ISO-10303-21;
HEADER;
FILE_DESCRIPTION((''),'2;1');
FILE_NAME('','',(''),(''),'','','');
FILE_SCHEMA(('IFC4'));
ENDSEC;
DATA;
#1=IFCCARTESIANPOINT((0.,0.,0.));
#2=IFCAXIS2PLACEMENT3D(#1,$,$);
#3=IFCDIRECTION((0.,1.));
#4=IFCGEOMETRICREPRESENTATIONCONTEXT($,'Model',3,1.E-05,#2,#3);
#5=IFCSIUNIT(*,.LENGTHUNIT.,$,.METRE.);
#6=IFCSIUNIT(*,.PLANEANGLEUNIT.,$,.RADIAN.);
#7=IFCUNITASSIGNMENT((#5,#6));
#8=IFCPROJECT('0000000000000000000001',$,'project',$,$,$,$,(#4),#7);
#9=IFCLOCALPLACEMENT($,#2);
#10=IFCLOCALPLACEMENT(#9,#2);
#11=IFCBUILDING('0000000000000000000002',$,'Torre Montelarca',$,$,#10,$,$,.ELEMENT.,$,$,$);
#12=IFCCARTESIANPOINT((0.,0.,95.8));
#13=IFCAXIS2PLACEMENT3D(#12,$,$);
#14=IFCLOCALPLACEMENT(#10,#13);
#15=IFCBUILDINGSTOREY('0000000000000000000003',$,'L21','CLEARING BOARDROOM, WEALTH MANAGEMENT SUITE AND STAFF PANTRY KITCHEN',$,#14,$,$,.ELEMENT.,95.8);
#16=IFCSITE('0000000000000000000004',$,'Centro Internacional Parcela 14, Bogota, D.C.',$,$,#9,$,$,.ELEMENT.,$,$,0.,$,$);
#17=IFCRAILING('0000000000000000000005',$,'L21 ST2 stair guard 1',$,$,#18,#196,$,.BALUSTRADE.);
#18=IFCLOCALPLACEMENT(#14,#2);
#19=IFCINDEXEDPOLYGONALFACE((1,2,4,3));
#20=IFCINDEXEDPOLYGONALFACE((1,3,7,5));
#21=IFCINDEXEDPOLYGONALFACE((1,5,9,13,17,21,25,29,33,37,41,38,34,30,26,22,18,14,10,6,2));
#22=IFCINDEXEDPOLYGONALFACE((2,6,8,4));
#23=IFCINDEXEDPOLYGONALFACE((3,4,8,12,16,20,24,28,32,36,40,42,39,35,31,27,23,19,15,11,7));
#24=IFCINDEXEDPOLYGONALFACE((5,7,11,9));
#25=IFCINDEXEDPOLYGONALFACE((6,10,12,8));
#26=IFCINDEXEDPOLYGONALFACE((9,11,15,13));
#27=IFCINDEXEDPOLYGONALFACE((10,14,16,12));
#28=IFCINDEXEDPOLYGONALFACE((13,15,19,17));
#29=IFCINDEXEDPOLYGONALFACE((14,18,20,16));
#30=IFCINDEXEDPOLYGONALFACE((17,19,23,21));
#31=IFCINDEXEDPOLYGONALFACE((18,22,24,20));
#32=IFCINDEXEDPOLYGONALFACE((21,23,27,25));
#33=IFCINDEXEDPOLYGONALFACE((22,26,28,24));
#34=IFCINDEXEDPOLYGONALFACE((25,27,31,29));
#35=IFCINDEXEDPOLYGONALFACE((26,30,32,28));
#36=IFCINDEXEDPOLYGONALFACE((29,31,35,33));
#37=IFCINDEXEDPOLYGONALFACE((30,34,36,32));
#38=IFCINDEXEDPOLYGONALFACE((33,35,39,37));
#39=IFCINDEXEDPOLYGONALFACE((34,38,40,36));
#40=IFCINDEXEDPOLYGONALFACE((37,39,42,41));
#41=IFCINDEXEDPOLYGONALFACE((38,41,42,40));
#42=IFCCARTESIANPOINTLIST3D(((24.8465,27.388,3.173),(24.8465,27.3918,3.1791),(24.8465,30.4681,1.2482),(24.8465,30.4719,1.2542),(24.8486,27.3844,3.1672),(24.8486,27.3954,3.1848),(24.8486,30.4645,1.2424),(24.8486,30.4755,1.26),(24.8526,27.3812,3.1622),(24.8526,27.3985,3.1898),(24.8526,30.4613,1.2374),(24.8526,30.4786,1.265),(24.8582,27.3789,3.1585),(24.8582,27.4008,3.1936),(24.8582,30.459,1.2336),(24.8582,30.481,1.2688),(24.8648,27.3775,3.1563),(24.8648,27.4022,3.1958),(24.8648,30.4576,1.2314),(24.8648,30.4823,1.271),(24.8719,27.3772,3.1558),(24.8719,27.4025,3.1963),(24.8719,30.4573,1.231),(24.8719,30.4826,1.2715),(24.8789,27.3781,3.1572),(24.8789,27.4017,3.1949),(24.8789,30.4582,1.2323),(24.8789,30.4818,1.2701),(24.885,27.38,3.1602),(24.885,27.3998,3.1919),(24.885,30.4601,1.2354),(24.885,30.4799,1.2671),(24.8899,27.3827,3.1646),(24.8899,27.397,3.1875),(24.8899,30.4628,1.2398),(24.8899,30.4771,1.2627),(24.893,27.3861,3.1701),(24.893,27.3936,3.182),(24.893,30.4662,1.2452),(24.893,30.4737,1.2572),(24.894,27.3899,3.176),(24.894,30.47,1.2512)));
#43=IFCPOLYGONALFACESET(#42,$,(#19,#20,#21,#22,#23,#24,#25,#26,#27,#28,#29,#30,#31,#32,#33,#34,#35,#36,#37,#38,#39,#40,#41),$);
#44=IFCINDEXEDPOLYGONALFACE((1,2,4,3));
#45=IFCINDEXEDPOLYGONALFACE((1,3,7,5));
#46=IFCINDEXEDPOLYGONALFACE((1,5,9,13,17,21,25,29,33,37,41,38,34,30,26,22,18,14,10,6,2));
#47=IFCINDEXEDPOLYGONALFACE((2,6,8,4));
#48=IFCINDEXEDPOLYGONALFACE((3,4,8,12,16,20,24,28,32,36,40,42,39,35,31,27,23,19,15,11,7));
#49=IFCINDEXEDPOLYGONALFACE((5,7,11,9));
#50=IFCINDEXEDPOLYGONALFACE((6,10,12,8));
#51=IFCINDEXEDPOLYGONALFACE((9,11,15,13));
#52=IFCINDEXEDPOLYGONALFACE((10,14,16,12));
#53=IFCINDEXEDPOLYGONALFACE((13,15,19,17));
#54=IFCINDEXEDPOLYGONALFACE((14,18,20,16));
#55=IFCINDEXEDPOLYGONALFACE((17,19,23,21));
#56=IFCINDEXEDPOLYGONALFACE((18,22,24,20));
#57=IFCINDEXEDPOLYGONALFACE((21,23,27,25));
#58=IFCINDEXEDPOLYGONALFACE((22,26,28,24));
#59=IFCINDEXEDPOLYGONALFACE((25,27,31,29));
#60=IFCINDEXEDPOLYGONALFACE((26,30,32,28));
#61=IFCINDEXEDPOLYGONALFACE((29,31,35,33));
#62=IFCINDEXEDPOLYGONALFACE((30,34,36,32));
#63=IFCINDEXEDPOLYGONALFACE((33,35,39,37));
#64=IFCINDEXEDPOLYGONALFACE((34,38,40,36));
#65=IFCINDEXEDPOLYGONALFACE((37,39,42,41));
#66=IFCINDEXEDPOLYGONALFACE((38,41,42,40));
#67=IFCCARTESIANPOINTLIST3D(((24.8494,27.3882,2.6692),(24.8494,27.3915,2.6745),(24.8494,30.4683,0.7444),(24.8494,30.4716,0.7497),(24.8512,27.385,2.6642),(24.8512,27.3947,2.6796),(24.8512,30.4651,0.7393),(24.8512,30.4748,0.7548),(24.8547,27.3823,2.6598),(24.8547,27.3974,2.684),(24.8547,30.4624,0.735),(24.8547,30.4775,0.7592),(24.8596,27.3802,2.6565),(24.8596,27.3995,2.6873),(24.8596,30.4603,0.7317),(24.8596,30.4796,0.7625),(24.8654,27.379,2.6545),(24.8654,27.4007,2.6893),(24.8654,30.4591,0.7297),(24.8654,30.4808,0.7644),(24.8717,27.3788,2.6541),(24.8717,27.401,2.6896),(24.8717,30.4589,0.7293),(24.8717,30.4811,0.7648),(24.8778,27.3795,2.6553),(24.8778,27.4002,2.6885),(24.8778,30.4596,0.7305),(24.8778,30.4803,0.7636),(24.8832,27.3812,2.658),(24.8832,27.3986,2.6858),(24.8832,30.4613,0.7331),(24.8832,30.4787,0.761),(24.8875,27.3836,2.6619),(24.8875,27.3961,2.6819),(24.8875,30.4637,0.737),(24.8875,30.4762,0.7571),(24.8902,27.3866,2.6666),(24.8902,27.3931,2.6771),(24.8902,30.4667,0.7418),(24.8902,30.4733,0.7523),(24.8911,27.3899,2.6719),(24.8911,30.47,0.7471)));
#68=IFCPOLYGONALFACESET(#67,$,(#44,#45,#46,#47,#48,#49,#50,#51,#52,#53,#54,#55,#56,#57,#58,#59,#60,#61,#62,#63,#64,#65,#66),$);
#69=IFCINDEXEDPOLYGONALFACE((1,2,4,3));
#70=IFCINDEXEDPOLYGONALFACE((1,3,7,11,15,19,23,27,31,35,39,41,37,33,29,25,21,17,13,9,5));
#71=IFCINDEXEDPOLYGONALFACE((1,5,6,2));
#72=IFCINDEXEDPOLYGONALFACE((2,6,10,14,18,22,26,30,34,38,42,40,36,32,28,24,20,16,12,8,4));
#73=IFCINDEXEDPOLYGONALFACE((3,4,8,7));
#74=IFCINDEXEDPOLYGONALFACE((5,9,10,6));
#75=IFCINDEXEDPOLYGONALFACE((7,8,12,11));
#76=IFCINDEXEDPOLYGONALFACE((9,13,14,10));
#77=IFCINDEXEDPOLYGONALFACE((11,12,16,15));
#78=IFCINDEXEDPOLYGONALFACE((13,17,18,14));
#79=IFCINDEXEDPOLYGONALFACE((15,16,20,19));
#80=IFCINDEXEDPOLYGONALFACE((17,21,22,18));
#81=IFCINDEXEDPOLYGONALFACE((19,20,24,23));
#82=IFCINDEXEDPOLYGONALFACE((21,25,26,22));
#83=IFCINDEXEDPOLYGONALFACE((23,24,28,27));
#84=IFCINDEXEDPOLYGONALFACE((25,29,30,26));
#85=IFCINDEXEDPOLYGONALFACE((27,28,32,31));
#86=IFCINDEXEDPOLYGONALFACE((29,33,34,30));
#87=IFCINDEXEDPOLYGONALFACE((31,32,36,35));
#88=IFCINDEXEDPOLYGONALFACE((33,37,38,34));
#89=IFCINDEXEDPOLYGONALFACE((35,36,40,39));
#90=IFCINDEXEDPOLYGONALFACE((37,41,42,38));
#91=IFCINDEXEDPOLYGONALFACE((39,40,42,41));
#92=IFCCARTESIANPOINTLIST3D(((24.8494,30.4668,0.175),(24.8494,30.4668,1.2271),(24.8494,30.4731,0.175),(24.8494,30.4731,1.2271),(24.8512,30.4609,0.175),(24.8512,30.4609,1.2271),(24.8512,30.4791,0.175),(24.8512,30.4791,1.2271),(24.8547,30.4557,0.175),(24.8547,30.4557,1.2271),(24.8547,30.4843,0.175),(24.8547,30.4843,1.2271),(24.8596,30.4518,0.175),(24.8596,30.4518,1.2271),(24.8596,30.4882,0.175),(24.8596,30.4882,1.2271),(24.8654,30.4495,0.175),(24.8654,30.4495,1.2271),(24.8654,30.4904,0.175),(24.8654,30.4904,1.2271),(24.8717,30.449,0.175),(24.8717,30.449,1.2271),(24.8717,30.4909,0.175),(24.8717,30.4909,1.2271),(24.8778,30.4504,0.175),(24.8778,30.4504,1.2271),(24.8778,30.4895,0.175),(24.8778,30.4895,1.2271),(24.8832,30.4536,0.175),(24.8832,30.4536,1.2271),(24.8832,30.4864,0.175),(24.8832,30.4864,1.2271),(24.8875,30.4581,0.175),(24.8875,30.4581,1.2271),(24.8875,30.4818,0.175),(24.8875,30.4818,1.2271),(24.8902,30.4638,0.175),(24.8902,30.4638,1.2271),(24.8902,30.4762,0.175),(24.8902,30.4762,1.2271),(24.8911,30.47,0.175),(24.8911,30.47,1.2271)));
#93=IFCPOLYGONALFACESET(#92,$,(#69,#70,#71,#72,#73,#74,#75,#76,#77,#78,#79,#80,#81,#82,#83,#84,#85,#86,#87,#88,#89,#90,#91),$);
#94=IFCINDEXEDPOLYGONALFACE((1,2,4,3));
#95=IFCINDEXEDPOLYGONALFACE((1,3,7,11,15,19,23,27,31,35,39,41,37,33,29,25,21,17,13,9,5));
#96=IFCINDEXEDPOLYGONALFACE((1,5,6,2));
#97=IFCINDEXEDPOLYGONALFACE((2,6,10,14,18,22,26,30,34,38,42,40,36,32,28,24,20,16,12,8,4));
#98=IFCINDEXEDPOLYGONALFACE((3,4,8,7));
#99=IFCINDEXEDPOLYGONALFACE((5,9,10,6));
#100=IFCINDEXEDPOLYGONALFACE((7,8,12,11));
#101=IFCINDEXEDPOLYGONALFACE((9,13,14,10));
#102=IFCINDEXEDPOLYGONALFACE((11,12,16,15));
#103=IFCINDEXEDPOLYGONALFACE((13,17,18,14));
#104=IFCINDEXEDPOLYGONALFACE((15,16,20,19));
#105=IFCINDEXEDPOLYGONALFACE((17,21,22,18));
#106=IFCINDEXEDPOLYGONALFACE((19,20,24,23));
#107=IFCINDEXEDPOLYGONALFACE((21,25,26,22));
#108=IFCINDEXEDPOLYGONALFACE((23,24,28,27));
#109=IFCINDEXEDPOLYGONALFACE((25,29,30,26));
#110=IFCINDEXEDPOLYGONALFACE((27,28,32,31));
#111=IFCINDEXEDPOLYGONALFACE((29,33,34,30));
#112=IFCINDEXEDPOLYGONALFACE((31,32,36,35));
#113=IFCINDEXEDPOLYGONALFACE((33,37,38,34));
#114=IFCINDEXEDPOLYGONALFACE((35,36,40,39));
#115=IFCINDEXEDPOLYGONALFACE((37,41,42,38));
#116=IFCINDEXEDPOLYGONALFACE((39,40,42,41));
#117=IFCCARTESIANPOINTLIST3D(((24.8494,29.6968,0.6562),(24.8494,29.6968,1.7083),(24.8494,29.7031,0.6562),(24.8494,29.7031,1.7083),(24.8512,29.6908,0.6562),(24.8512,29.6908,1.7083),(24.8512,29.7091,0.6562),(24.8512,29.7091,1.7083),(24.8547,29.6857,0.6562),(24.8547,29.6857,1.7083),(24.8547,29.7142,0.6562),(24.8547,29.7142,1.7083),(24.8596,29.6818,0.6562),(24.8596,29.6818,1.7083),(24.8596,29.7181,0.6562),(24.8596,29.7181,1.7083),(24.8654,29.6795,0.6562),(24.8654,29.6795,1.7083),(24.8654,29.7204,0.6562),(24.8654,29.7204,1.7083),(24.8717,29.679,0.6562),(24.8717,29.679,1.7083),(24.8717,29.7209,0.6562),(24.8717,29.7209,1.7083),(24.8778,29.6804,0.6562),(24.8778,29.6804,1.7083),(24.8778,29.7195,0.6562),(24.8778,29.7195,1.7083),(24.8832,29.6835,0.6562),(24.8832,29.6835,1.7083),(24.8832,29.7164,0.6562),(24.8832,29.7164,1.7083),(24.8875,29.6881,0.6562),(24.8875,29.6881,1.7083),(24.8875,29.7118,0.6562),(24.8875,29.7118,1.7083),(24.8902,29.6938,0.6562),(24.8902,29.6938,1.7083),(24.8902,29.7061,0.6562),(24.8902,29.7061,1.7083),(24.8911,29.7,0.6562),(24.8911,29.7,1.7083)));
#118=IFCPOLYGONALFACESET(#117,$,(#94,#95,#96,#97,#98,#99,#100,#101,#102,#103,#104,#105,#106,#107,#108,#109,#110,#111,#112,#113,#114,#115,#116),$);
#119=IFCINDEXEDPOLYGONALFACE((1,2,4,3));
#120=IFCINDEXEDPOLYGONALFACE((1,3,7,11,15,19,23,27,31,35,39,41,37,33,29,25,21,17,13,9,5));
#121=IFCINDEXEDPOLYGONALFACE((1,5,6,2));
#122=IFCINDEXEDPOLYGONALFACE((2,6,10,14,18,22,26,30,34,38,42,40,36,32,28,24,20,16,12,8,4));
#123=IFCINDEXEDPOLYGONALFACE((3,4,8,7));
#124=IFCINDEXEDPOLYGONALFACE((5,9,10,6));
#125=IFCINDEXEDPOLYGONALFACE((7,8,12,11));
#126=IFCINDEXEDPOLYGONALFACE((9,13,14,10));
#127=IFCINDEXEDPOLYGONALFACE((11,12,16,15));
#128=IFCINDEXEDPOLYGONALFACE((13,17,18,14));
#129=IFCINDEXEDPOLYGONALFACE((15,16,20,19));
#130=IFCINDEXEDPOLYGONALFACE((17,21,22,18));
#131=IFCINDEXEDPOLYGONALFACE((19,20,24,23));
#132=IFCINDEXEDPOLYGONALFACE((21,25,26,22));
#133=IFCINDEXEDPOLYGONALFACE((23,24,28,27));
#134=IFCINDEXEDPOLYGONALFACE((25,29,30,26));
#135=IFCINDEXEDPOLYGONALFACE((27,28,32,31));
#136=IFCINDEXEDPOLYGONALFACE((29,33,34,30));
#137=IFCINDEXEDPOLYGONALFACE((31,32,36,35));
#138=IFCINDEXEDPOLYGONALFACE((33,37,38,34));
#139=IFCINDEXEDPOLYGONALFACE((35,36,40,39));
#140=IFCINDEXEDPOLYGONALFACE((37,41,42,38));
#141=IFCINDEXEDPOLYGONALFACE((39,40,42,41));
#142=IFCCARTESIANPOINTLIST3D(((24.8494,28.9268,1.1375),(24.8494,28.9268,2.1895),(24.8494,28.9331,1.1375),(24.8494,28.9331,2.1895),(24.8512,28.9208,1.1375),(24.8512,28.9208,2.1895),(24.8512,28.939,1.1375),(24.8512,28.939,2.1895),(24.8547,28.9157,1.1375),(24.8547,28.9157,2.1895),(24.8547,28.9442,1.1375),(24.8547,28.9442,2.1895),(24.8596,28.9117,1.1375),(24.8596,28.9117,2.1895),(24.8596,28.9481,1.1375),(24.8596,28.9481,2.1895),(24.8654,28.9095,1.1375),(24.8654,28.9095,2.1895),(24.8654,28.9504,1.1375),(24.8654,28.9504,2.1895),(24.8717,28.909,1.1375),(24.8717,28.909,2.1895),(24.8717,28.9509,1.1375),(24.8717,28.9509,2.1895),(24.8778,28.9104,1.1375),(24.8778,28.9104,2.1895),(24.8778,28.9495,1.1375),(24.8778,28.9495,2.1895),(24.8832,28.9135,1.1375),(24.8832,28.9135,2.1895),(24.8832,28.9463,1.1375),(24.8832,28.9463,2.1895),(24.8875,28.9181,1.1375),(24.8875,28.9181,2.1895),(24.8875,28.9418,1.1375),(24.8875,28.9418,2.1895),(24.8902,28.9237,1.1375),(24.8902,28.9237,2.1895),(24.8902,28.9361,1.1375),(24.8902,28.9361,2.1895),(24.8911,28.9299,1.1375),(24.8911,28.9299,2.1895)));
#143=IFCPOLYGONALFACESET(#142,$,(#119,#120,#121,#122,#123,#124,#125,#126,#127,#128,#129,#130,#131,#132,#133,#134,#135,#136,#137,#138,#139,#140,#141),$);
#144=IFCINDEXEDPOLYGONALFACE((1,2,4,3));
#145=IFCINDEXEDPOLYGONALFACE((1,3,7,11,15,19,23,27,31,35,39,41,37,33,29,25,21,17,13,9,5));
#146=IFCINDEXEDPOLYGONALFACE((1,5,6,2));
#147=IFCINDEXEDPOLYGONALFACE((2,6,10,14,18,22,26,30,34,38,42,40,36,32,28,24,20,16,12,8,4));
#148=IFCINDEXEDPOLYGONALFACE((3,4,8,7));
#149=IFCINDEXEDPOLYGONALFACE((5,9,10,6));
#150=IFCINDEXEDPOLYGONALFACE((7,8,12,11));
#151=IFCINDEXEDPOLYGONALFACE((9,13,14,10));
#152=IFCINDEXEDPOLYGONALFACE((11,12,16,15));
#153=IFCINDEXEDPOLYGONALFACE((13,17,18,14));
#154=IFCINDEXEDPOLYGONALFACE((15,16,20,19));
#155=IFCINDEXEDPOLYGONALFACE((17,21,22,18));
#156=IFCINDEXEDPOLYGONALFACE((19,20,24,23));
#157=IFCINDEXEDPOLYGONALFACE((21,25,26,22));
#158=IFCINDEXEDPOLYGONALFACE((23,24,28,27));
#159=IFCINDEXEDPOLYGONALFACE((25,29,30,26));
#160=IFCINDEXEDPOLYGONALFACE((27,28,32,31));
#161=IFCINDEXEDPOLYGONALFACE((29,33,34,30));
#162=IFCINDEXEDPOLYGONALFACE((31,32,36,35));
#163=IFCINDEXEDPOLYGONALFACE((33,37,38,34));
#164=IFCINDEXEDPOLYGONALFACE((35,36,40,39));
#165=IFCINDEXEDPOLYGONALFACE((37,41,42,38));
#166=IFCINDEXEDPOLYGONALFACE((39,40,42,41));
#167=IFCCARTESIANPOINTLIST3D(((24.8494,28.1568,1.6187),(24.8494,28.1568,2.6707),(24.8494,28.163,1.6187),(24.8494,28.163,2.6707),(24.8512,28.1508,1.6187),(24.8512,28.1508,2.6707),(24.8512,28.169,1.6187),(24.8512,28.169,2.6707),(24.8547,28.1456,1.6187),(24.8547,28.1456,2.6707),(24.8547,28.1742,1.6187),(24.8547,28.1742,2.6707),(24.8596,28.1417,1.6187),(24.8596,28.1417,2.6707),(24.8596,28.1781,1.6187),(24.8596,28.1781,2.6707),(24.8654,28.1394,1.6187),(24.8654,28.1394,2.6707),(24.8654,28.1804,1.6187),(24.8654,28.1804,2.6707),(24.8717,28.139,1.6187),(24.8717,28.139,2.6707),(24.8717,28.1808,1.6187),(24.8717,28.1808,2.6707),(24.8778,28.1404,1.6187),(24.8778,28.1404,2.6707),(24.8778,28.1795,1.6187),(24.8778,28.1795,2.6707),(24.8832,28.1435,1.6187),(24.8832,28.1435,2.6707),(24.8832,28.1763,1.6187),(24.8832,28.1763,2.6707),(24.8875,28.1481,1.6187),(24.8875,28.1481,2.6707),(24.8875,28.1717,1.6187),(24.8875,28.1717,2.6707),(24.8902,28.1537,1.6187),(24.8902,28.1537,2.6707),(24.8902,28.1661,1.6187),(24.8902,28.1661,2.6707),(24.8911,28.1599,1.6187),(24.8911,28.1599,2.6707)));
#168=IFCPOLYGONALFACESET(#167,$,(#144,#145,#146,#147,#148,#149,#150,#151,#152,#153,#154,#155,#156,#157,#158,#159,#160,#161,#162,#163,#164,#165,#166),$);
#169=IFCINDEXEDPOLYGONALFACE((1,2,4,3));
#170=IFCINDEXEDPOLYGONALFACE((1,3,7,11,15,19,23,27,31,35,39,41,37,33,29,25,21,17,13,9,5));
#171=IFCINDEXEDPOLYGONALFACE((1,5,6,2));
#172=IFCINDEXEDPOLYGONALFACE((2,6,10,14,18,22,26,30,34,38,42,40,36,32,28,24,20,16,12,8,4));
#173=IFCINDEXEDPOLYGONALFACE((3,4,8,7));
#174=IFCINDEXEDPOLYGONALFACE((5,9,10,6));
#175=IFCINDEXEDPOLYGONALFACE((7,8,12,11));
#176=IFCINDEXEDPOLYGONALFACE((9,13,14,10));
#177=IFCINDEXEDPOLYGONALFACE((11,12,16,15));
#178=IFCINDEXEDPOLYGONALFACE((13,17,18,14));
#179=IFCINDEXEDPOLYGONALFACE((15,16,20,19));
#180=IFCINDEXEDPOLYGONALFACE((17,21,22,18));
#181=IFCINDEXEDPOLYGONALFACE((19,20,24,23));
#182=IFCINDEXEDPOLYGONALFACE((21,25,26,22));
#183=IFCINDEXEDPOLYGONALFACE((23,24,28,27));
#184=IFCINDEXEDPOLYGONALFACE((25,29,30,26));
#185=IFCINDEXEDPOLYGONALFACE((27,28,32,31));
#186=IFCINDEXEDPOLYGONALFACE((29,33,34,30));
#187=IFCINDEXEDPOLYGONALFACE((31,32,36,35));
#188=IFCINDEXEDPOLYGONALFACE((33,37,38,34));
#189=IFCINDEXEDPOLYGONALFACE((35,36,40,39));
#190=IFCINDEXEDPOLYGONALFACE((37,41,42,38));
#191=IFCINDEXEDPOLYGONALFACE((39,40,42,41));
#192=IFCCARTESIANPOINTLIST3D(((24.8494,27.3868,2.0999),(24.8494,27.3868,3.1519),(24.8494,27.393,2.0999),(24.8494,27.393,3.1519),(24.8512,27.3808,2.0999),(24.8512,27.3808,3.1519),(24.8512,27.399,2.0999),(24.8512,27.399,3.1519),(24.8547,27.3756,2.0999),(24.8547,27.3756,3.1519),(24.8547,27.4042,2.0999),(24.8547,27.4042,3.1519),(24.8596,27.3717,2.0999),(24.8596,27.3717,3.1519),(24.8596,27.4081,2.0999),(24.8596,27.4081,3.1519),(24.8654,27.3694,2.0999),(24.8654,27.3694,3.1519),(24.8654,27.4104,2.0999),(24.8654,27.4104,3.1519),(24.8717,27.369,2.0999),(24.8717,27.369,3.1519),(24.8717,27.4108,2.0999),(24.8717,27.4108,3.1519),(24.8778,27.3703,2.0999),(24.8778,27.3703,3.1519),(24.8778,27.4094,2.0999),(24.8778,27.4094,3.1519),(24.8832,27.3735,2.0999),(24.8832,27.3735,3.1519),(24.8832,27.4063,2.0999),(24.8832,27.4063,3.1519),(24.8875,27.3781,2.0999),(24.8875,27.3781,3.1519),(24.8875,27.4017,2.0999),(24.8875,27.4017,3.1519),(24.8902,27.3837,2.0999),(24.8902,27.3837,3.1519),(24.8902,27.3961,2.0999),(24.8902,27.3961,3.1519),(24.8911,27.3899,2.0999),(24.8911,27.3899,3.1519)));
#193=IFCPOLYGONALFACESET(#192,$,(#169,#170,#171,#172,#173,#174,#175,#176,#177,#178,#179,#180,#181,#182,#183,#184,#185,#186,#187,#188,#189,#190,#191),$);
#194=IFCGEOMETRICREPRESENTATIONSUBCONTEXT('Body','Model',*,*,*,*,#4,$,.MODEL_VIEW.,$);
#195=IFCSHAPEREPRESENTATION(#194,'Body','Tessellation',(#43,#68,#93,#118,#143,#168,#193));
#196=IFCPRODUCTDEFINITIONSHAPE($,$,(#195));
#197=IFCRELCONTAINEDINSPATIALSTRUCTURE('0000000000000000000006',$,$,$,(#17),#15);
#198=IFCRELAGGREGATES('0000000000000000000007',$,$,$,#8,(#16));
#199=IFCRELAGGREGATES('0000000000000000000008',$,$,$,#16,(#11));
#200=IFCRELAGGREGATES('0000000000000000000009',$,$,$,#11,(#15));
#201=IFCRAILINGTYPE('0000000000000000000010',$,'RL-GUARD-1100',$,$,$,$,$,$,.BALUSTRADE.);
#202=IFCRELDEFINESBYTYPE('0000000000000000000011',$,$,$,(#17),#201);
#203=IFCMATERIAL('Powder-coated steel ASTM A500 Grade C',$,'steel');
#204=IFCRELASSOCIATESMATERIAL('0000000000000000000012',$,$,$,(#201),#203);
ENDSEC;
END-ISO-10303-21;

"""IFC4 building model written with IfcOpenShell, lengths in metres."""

from ifc_helpers import new_model, si_unit, direction, frame, origin, origin_2d, place, context, subcontext, project, spatial, circle, extrude, material, type_object, element, save


model = new_model("IFC4")

# Units and contexts
model_context = context("Model", 3, precision=1e-05, world=origin(), true_north=direction((0.0, 1.0)))
body_context = subcontext(model_context, "Body", "Model", "MODEL_VIEW")
ifc_project = project(units=[si_unit("LENGTHUNIT", "METRE"), si_unit("PLANEANGLEUNIT", "RADIAN")], contexts=[model_context])

# Site, building, storey
site_placement = place(None, origin())
site = spatial("IfcSite", under=ifc_project, at=site_placement, Name="Centro Internacional Parcela 14, Bogota, D.C.", CompositionType="ELEMENT", RefElevation=0.0)
building_placement = place(site_placement, origin())
building = spatial("IfcBuilding", under=site, at=building_placement, Name="Torre Montelarca", CompositionType="ELEMENT")
storey_placement = place(building_placement, frame((0.0, 0.0, 95.8)))
storey = spatial("IfcBuildingStorey", under=building, at=storey_placement, Name="L21", Description="CLEARING BOARDROOM, WEALTH MANAGEMENT SUITE AND STAFF PANTRY KITCHEN", CompositionType="ELEMENT", Elevation=95.8)

# Railing
ifc_material_1 = material(Name="Powder-coated steel ASTM A500 Grade C", Category="steel")
railing_type_1 = type_object("IfcRailingType", Name="RL-GUARD-1100", PredefinedType="BALUSTRADE", material=ifc_material_1)
railing_1_placement = place(storey_placement, frame((24.8701, 30.47, 0.175)))
element("IfcRailing", 1, at=railing_1_placement, inside=storey, type_object=railing_type_1, Name="L21 ST2 stair guard 1", PredefinedType="BALUSTRADE", context=body_context, shape_type="SweptSolid", body=[
    extrude(circle(Radius=0.0239, at=origin_2d()), frame((0.0, 0.0, 1.0762), z_axis=(0.0, -0.848029, 0.529951), x_axis=(1.0, 0.0, 0.0)), (0.0, 0.0, 1.0), 3.6321),
    extrude(circle(Radius=0.021, at=origin_2d()), frame((0.0, 0.0, 0.572), z_axis=(0.0, -0.848029, 0.529951), x_axis=(1.0, 0.0, 0.0)), (0.0, 0.0, 1.0), 3.6321),
    extrude(circle(Radius=0.021, at=origin_2d()), origin(), (0.0, 0.0, 1.0), 1.052),
    extrude(circle(Radius=0.021, at=origin_2d()), frame((0.0, -0.77, 0.4812)), (0.0, 0.0, 1.0), 1.052),
    extrude(circle(Radius=0.021, at=origin_2d()), frame((0.0, -1.54, 0.9624)), (0.0, 0.0, 1.0), 1.052),
    extrude(circle(Radius=0.021, at=origin_2d()), frame((0.0, -2.3101, 1.4436)), (0.0, 0.0, 1.0), 1.052),
    extrude(circle(Radius=0.021, at=origin_2d()), frame((0.0, -3.0801, 1.9248)), (0.0, 0.0, 1.0), 1.052),
])

save(model, "model.ifc")
